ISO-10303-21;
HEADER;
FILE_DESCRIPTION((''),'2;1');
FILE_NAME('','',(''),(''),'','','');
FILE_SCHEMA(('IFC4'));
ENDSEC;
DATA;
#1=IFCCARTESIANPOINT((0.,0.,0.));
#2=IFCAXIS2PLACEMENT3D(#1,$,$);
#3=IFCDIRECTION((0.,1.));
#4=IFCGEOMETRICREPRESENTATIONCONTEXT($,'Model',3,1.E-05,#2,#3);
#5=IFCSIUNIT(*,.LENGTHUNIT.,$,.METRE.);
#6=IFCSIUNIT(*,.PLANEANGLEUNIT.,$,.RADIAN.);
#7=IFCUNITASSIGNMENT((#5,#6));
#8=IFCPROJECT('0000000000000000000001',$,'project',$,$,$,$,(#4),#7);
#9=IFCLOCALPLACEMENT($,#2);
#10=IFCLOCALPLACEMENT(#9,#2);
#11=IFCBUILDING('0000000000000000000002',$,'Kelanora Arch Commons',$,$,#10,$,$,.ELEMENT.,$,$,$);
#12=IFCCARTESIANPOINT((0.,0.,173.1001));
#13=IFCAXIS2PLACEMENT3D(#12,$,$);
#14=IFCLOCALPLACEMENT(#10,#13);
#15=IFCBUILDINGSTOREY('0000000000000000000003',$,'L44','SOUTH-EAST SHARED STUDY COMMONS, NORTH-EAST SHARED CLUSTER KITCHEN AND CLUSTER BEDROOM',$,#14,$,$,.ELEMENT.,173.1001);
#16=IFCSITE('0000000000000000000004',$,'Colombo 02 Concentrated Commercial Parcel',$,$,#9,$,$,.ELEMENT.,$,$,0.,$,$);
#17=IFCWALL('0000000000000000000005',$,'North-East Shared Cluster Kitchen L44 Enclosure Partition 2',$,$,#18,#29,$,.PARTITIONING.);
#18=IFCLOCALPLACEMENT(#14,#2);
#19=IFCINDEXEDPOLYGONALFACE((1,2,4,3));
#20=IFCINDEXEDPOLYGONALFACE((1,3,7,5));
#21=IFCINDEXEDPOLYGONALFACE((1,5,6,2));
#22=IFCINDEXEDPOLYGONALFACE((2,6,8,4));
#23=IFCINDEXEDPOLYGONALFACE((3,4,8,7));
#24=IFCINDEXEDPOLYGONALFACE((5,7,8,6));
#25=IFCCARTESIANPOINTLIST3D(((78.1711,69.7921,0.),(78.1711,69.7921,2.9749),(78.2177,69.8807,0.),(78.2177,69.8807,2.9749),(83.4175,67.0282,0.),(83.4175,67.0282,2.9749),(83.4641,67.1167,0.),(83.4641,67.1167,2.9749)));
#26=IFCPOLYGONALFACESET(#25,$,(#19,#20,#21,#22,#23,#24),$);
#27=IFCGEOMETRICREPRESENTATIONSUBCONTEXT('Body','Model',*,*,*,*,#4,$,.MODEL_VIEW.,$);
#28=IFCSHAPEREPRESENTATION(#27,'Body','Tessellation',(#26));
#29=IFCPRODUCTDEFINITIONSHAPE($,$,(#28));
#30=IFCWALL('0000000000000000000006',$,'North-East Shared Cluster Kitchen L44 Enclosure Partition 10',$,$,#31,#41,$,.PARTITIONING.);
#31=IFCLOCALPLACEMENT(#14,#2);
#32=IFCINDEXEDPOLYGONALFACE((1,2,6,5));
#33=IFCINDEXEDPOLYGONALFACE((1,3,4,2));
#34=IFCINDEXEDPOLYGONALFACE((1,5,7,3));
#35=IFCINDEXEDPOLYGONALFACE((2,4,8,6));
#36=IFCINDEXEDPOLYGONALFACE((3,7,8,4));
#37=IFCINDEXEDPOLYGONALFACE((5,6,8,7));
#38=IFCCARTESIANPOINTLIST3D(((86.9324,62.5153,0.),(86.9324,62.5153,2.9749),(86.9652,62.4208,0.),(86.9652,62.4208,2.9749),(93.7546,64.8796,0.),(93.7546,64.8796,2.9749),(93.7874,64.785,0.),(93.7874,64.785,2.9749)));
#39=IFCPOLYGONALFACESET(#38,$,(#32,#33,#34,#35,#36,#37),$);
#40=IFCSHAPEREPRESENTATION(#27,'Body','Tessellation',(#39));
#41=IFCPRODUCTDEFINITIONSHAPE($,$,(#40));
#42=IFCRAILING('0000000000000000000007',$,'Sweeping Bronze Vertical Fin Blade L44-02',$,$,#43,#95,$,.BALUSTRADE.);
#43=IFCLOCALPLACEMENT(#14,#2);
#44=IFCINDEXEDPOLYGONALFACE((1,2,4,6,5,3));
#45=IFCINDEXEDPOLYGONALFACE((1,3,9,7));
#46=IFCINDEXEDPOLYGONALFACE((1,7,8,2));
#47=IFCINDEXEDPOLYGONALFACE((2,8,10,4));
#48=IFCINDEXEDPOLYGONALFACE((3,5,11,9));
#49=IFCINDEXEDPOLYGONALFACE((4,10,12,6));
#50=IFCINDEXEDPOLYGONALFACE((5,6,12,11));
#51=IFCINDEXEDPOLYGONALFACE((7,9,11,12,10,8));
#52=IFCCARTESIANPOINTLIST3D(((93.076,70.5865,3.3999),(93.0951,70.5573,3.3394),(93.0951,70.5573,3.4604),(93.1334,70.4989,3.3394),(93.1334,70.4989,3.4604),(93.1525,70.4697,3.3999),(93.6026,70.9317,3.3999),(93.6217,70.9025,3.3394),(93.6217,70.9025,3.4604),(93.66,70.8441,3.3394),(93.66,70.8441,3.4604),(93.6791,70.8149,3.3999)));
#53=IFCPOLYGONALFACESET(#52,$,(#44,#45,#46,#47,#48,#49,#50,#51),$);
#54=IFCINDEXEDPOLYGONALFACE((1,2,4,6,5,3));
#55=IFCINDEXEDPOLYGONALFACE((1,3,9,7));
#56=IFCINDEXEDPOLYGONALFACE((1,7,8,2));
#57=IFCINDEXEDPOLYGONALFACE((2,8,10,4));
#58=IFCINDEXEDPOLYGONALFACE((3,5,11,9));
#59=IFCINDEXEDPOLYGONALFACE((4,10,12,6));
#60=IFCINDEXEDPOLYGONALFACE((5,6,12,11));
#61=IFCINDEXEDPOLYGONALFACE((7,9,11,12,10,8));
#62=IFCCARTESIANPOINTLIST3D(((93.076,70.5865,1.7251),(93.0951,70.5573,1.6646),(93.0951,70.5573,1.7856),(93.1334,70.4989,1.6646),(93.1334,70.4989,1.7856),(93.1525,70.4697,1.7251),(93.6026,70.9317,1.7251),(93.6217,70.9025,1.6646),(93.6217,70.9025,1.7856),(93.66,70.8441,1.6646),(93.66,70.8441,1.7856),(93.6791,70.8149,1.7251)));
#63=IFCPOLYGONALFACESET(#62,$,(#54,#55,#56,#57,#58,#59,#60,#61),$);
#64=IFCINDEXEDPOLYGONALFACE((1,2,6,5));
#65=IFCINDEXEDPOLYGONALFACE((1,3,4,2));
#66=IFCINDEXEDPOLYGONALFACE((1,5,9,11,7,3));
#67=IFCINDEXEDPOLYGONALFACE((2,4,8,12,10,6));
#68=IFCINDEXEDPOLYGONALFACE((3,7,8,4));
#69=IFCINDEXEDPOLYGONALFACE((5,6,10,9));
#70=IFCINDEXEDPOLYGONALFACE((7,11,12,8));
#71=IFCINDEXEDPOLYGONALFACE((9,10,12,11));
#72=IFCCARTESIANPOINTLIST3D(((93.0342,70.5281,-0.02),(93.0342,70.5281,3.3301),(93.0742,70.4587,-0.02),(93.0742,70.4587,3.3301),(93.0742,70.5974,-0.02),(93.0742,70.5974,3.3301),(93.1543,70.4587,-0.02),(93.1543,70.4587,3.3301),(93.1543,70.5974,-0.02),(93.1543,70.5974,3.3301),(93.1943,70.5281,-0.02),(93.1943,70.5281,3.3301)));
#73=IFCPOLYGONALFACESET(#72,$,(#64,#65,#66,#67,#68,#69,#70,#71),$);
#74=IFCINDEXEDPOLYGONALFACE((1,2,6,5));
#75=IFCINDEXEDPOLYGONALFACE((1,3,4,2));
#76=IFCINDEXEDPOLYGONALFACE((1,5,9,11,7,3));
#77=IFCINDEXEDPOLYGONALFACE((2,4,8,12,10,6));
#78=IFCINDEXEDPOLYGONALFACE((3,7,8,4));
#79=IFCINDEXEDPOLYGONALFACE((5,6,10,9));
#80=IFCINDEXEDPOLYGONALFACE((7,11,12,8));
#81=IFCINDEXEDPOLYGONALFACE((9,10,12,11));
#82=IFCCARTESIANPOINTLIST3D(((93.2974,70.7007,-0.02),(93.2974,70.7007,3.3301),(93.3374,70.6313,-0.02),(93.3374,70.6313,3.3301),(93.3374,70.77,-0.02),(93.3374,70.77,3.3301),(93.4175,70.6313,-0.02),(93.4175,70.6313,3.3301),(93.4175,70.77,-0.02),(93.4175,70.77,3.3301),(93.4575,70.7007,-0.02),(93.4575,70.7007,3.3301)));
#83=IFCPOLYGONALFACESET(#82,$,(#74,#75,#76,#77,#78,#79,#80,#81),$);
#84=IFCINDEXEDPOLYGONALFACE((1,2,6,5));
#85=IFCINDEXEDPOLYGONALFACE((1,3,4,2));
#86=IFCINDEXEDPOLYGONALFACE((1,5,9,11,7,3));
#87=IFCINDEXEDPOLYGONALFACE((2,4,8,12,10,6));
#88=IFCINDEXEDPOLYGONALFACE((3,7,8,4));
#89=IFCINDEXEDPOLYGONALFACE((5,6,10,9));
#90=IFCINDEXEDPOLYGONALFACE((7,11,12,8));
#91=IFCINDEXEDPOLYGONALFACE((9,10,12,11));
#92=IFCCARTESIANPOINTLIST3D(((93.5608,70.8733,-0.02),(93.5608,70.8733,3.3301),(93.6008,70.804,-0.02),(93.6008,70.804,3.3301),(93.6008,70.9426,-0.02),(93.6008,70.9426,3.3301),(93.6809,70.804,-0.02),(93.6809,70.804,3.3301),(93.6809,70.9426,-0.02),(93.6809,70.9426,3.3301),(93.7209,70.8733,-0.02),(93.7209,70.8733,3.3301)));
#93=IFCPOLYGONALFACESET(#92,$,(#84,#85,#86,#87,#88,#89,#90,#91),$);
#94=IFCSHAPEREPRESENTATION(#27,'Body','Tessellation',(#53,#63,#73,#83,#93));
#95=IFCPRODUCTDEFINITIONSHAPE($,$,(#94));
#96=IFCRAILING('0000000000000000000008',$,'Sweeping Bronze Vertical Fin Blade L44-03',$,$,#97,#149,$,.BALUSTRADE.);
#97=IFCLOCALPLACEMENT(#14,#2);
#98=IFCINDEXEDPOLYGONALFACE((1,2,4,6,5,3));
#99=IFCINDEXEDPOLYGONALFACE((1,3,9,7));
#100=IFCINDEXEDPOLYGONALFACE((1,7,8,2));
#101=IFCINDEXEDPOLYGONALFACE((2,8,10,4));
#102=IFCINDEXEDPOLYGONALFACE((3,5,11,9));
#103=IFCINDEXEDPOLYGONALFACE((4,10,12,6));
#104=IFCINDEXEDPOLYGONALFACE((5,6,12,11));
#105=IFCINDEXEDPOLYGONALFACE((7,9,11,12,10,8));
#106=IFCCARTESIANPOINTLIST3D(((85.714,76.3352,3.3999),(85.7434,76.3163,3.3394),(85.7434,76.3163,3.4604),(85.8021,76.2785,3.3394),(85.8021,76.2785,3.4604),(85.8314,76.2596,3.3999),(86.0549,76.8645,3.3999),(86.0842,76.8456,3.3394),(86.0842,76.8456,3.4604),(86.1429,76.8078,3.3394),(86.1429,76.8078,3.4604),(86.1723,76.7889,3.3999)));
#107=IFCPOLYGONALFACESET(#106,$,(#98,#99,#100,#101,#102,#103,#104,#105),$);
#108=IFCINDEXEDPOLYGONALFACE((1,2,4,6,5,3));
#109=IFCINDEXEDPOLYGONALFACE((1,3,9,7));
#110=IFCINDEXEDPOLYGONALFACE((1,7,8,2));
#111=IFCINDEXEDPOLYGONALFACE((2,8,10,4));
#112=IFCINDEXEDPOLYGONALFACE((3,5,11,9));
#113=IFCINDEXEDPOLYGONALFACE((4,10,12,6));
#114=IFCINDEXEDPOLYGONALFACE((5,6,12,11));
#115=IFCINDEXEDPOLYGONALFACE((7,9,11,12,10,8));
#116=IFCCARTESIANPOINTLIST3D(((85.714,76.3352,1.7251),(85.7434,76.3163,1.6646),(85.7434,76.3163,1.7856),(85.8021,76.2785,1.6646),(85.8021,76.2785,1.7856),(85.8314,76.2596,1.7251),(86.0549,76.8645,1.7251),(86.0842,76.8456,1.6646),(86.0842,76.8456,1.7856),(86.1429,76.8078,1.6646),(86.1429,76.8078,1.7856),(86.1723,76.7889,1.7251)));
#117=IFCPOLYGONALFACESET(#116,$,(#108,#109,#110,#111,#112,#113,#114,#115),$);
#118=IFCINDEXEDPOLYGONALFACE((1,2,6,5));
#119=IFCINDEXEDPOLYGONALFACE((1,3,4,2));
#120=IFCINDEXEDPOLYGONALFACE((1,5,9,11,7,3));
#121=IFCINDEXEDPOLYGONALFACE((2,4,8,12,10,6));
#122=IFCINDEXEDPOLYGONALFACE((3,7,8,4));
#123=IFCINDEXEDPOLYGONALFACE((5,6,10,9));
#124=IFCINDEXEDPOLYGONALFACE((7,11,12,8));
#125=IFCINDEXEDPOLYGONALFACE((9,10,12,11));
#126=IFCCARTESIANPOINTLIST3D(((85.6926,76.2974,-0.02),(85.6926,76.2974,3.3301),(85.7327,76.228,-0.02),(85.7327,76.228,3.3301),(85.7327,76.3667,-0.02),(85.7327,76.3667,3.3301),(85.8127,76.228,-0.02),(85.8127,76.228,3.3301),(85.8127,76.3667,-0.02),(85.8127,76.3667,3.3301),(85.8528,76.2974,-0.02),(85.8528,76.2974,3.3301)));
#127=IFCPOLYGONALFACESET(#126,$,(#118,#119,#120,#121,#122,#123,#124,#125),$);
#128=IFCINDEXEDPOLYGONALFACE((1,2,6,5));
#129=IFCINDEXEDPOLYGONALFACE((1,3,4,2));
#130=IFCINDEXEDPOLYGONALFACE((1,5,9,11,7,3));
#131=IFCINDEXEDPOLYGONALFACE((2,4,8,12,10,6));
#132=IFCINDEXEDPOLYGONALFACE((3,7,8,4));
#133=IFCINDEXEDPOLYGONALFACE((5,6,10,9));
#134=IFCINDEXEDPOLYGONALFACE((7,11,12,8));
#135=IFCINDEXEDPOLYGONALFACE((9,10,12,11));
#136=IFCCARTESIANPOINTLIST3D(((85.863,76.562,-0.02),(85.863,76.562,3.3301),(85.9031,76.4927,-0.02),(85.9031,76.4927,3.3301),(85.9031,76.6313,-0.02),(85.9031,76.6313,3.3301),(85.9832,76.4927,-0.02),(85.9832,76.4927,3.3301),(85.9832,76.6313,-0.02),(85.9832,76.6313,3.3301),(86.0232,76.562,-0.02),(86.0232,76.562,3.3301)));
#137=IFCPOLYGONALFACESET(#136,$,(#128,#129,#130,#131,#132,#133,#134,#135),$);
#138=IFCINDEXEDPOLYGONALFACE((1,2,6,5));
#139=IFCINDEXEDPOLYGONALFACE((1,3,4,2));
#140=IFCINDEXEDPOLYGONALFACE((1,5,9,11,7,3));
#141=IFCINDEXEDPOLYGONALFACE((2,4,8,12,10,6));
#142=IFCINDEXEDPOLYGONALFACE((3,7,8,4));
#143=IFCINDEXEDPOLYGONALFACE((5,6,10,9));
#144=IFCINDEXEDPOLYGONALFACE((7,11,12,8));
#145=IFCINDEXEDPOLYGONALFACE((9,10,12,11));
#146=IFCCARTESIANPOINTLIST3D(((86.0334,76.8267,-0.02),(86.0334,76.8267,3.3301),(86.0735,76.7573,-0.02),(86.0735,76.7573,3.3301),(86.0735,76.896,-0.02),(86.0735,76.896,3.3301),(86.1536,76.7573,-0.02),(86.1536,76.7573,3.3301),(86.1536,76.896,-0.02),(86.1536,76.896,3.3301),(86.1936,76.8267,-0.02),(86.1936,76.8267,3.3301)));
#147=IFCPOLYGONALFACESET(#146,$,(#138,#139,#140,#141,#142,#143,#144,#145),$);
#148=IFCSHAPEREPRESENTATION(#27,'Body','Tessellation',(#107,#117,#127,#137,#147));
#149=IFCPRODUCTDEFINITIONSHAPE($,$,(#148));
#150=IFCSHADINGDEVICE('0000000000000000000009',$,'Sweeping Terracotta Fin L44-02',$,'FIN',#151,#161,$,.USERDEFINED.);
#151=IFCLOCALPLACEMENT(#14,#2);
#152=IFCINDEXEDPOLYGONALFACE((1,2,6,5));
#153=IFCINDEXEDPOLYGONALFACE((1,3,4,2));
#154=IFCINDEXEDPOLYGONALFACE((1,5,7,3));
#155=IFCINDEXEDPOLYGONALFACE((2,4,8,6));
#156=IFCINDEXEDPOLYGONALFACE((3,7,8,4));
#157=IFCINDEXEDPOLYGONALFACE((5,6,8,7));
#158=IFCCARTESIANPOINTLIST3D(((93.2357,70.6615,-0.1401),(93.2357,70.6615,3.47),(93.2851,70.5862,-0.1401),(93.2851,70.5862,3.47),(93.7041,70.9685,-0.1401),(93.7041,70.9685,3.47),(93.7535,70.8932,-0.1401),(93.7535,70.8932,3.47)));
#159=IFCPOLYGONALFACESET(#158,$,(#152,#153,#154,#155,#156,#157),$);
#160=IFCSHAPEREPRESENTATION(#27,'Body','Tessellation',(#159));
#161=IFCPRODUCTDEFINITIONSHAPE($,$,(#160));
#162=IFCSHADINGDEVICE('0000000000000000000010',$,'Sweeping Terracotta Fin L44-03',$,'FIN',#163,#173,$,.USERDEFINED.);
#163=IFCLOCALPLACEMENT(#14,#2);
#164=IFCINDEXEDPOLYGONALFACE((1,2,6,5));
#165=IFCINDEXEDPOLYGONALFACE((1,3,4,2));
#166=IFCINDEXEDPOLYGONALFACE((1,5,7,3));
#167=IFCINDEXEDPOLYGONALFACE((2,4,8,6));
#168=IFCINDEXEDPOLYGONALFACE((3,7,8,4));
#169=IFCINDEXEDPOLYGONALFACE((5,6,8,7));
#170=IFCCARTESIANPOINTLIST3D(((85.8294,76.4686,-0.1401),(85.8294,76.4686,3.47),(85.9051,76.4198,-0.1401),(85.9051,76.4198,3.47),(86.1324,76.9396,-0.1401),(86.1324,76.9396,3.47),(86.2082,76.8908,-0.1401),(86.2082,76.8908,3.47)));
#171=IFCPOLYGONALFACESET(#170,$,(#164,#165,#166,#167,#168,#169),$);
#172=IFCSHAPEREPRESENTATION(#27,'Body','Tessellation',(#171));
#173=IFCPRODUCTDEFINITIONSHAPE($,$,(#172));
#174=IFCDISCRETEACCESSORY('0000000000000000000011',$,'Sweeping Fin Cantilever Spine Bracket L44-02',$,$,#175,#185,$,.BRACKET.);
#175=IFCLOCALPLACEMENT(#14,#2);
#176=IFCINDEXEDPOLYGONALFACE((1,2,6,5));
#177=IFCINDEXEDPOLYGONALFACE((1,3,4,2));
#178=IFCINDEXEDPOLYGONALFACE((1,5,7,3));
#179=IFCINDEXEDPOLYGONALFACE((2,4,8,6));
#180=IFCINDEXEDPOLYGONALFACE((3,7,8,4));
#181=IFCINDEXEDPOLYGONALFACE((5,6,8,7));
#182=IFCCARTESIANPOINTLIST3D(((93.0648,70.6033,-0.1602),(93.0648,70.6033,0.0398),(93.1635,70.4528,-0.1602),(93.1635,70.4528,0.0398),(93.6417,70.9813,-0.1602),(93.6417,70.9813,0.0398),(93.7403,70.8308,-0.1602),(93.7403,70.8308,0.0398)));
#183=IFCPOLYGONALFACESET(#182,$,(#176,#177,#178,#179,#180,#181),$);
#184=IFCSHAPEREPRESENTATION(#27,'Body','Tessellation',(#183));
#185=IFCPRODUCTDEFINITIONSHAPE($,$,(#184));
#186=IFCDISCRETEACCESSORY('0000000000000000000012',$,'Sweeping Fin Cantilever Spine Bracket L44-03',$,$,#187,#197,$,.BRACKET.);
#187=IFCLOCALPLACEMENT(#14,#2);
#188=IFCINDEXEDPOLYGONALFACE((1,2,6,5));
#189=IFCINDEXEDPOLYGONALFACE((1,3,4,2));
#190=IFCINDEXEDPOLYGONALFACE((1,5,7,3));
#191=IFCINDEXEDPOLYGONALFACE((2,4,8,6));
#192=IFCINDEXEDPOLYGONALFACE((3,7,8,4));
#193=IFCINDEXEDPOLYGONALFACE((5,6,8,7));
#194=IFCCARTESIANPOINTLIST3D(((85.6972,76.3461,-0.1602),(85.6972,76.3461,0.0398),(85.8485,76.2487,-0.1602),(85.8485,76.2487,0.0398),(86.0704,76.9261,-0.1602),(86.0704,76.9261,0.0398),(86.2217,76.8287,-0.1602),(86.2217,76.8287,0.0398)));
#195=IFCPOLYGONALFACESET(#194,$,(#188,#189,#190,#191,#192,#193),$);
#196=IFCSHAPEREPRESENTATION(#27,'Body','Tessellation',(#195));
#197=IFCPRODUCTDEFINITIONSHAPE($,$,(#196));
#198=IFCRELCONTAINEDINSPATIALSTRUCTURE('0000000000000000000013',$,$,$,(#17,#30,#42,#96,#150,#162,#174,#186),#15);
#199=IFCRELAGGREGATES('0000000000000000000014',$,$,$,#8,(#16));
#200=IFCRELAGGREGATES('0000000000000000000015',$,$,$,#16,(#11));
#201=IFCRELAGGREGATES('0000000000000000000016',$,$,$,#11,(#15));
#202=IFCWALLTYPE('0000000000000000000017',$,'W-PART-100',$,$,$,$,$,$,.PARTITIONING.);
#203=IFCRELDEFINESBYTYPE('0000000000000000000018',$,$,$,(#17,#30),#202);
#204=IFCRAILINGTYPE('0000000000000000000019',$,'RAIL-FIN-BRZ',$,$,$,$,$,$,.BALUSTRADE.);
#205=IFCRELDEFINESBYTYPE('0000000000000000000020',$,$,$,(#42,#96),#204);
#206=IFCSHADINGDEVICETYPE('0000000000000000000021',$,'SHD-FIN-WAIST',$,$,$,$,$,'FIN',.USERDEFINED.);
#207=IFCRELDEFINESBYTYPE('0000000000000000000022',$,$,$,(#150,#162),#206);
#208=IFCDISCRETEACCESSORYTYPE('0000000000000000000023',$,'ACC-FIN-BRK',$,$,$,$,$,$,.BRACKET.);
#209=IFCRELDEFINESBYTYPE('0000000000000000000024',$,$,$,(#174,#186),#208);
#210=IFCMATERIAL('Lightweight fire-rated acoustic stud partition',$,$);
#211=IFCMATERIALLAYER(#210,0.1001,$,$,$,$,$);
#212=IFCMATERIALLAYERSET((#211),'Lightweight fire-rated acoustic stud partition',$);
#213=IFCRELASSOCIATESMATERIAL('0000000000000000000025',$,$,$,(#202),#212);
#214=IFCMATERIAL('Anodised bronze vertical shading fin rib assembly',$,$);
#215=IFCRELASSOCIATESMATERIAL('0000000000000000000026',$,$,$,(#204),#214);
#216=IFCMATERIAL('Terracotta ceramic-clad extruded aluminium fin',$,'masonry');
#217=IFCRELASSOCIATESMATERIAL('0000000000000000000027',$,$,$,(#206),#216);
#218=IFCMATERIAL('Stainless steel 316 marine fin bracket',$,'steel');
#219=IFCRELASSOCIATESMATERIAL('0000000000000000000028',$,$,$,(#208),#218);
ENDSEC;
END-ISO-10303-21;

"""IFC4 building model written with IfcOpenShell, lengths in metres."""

from ifc_helpers import new_model, si_unit, direction, frame, frame_2d, origin, origin_2d, place, context, subcontext, project, spatial, polyline, rectangle, outline, extrude, source, transform, mapped, material, layer, layer_set, type_object, element, save


model = new_model("IFC4")

# Units and contexts
model_context = context("Model", 3, precision=1e-05, world=origin(), true_north=direction((0.0, 1.0)))
body_context = subcontext(model_context, "Body", "Model", "MODEL_VIEW")
ifc_project = project(units=[si_unit("LENGTHUNIT", "METRE"), si_unit("PLANEANGLEUNIT", "RADIAN")], contexts=[model_context])

# Site, building, storey
site_placement = place(None, origin())
site = spatial("IfcSite", under=ifc_project, at=site_placement, Name="Colombo 02 Concentrated Commercial Parcel", CompositionType="ELEMENT", RefElevation=0.0)
building_placement = place(site_placement, origin())
building = spatial("IfcBuilding", under=site, at=building_placement, Name="Kelanora Arch Commons", CompositionType="ELEMENT")
storey_placement = place(building_placement, frame((0.0, 0.0, 173.1001)))
storey = spatial("IfcBuildingStorey", under=building, at=storey_placement, Name="L44", Description="SOUTH-EAST SHARED STUDY COMMONS, NORTH-EAST SHARED CLUSTER KITCHEN AND CLUSTER BEDROOM", CompositionType="ELEMENT", Elevation=173.1001)

# Walls
ifc_material_1 = material(Name="Lightweight fire-rated acoustic stud partition")
ifc_layer_1 = layer(ifc_material_1, 0.1001)
ifc_layer_set_1 = layer_set([ifc_layer_1], Name="Lightweight fire-rated acoustic stud partition")
wall_type_1 = type_object("IfcWallType", Name="W-PART-100", PredefinedType="PARTITIONING", material=ifc_layer_set_1)
wall_1_placement = place(storey_placement, frame((83.4407, 67.0725, 0.0), z_axis=(0.0, 0.0, 1.0), x_axis=(-0.884731, 0.466101, 0.0)))
element("IfcWall", 1, at=wall_1_placement, inside=storey, type_object=wall_type_1, Name="North-East Shared Cluster Kitchen L44 Enclosure Partition 2", PredefinedType="PARTITIONING", context=body_context, shape_type="SweptSolid", body=[
    extrude(rectangle(XDim=5.9299, YDim=0.1001, at=frame_2d((2.9648, 0.0))), origin(), (0.0, 0.0, 1.0), 2.9749),
])
wall_2_placement = place(storey_placement, frame((93.771, 64.8323, 0.0), z_axis=(0.0, 0.0, 1.0), x_axis=(-0.94487, -0.327445, 0.0)))
element("IfcWall", 2, at=wall_2_placement, inside=storey, type_object=wall_type_1, Name="North-East Shared Cluster Kitchen L44 Enclosure Partition 10", PredefinedType="PARTITIONING", context=body_context, shape_type="SweptSolid", body=[
    extrude(rectangle(XDim=7.2202, YDim=0.1001, at=frame_2d((3.6101, 0.0))), origin(), (0.0, 0.0, 1.0), 2.9749),
])

# Railings
ifc_material_2 = material(Name="Anodised bronze vertical shading fin rib assembly")
railing_type = type_object("IfcRailingType", Name="RAIL-FIN-BRZ", PredefinedType="BALUSTRADE", material=ifc_material_2)
railing_1_placement = place(storey_placement, frame((93.1143, 70.5281, -0.02)))
element("IfcRailing", 3, at=railing_1_placement, inside=storey, type_object=railing_type, Name="Sweeping Bronze Vertical Fin Blade L44-02", PredefinedType="BALUSTRADE", context=body_context, shape_type="SweptSolid", body=[
    extrude(outline(polyline([(0.0698, 0.0), (0.0349, 0.0605), (-0.0349, 0.0605), (-0.0698, 0.0), (-0.0349, -0.0605), (0.0349, -0.0605), (0.0698, 0.0)])), frame((0.0, 0.0, 3.4199), z_axis=(0.83632, 0.548241, 0.0), x_axis=(-0.548241, 0.83632, 0.0)), (0.0, 0.0, 1.0), 0.6296),
    extrude(outline(polyline([(0.0698, 0.0), (0.0349, 0.0605), (-0.0349, 0.0605), (-0.0698, 0.0), (-0.0349, -0.0605), (0.0349, -0.0605), (0.0698, 0.0)])), frame((0.0, 0.0, 1.7451), z_axis=(0.83632, 0.548241, 0.0), x_axis=(-0.548241, 0.83632, 0.0)), (0.0, 0.0, 1.0), 0.6296),
    extrude(outline(polyline([(0.0801, 0.0), (0.04, 0.0693), (-0.04, 0.0693), (-0.0801, 0.0), (-0.04, -0.0693), (0.04, -0.0693), (0.0801, 0.0)])), origin(), (0.0, 0.0, 1.0), 3.3501),
    extrude(outline(polyline([(0.0801, 0.0), (0.04, 0.0693), (-0.04, 0.0693), (-0.0801, 0.0), (-0.04, -0.0693), (0.04, -0.0693), (0.0801, 0.0)])), frame((0.2632, 0.1726, 0.0)), (0.0, 0.0, 1.0), 3.3501),
    extrude(outline(polyline([(0.0801, 0.0), (0.04, 0.0693), (-0.04, 0.0693), (-0.0801, 0.0), (-0.04, -0.0693), (0.04, -0.0693), (0.0801, 0.0)])), frame((0.5266, 0.3452, 0.0)), (0.0, 0.0, 1.0), 3.3501),
])
railing_2_placement = place(storey_placement, frame((85.7727, 76.2974, -0.02)))
element("IfcRailing", 4, at=railing_2_placement, inside=storey, type_object=railing_type, Name="Sweeping Bronze Vertical Fin Blade L44-03", PredefinedType="BALUSTRADE", context=body_context, shape_type="SweptSolid", body=[
    extrude(outline(polyline([(0.0698, 0.0), (0.0349, 0.0605), (-0.0349, 0.0605), (-0.0698, 0.0), (-0.0349, -0.0605), (0.0349, -0.0605), (0.0698, 0.0)])), frame((0.0, 0.0, 3.4199), z_axis=(0.541385, 0.840775, 0.0), x_axis=(-0.840775, 0.541385, 0.0)), (0.0, 0.0, 1.0), 0.6296),
    extrude(outline(polyline([(0.0698, 0.0), (0.0349, 0.0605), (-0.0349, 0.0605), (-0.0698, 0.0), (-0.0349, -0.0605), (0.0349, -0.0605), (0.0698, 0.0)])), frame((0.0, 0.0, 1.7451), z_axis=(0.541385, 0.840775, 0.0), x_axis=(-0.840775, 0.541385, 0.0)), (0.0, 0.0, 1.0), 0.6296),
    extrude(outline(polyline([(0.0801, 0.0), (0.04, 0.0693), (-0.04, 0.0693), (-0.0801, 0.0), (-0.04, -0.0693), (0.04, -0.0693), (0.0801, 0.0)])), origin(), (0.0, 0.0, 1.0), 3.3501),
    extrude(outline(polyline([(0.0801, 0.0), (0.04, 0.0693), (-0.04, 0.0693), (-0.0801, 0.0), (-0.04, -0.0693), (0.04, -0.0693), (0.0801, 0.0)])), frame((0.1704, 0.2646, 0.0)), (0.0, 0.0, 1.0), 3.3501),
    extrude(outline(polyline([(0.0801, 0.0), (0.04, 0.0693), (-0.04, 0.0693), (-0.0801, 0.0), (-0.04, -0.0693), (0.04, -0.0693), (0.0801, 0.0)])), frame((0.3408, 0.5293, 0.0)), (0.0, 0.0, 1.0), 3.3501),
])

# Shading devices
ifc_material_3 = material(Name="Terracotta ceramic-clad extruded aluminium fin", Category="masonry")
shading_device_type = type_object("IfcShadingDeviceType", Name="SHD-FIN-WAIST", ElementType="FIN", PredefinedType="USERDEFINED", material=ifc_material_3)
shared_shape_1 = source(origin(), body_context, "Body", "SweptSolid", [
    extrude(rectangle(XDim=0.5601, YDim=0.0901, at=origin_2d()), origin(), (0.0, 0.0, 1.0), 3.6101),
])
for number, where, z_axis, x_axis, name in (
    (5, (93.4946, 70.7773, -0.1401), (0.0, 0.0, 1.0), (0.836382, 0.548147, 0.0), "Sweeping Terracotta Fin L44-02"),
    (6, (86.0188, 76.6797, -0.1401), (0.0, 0.0, 1.0), (0.541121, 0.840945, 0.0), "Sweeping Terracotta Fin L44-03"),
):
    element("IfcShadingDevice", number, at=place(storey_placement, frame(where, z_axis=z_axis, x_axis=x_axis)), inside=storey, type_object=shading_device_type, Name=name, ObjectType="FIN", PredefinedType="USERDEFINED", context=body_context, shape_type="MappedRepresentation", body=[
        mapped(shared_shape_1, transform((0.0, 0.0, 0.0), scale=1.0)),
    ])

# Discrete accessories
ifc_material_4 = material(Name="Stainless steel 316 marine fin bracket", Category="steel")
discrete_accessory_type = type_object("IfcDiscreteAccessoryType", Name="ACC-FIN-BRK", PredefinedType="BRACKET", material=ifc_material_4)
shared_shape_2 = source(origin(), body_context, "Body", "SweptSolid", [
    extrude(rectangle(XDim=0.6897, YDim=0.1799, at=origin_2d()), origin(), (0.0, 0.0, 1.0), 0.2),
])
for number, where, z_axis, x_axis, name in (
    (7, (93.4026, 70.717, -0.1602), (0.0, 0.0, 1.0), (0.836382, 0.548147, 0.0), "Sweeping Fin Cantilever Spine Bracket L44-02"),
    (8, (85.9595, 76.5874, -0.1602), (0.0, 0.0, 1.0), (0.541121, 0.840945, 0.0), "Sweeping Fin Cantilever Spine Bracket L44-03"),
):
    element("IfcDiscreteAccessory", number, at=place(storey_placement, frame(where, z_axis=z_axis, x_axis=x_axis)), inside=storey, type_object=discrete_accessory_type, Name=name, PredefinedType="BRACKET", context=body_context, shape_type="MappedRepresentation", body=[
        mapped(shared_shape_2, transform((0.0, 0.0, 0.0), scale=1.0)),
    ])

save(model, "model.ifc")
